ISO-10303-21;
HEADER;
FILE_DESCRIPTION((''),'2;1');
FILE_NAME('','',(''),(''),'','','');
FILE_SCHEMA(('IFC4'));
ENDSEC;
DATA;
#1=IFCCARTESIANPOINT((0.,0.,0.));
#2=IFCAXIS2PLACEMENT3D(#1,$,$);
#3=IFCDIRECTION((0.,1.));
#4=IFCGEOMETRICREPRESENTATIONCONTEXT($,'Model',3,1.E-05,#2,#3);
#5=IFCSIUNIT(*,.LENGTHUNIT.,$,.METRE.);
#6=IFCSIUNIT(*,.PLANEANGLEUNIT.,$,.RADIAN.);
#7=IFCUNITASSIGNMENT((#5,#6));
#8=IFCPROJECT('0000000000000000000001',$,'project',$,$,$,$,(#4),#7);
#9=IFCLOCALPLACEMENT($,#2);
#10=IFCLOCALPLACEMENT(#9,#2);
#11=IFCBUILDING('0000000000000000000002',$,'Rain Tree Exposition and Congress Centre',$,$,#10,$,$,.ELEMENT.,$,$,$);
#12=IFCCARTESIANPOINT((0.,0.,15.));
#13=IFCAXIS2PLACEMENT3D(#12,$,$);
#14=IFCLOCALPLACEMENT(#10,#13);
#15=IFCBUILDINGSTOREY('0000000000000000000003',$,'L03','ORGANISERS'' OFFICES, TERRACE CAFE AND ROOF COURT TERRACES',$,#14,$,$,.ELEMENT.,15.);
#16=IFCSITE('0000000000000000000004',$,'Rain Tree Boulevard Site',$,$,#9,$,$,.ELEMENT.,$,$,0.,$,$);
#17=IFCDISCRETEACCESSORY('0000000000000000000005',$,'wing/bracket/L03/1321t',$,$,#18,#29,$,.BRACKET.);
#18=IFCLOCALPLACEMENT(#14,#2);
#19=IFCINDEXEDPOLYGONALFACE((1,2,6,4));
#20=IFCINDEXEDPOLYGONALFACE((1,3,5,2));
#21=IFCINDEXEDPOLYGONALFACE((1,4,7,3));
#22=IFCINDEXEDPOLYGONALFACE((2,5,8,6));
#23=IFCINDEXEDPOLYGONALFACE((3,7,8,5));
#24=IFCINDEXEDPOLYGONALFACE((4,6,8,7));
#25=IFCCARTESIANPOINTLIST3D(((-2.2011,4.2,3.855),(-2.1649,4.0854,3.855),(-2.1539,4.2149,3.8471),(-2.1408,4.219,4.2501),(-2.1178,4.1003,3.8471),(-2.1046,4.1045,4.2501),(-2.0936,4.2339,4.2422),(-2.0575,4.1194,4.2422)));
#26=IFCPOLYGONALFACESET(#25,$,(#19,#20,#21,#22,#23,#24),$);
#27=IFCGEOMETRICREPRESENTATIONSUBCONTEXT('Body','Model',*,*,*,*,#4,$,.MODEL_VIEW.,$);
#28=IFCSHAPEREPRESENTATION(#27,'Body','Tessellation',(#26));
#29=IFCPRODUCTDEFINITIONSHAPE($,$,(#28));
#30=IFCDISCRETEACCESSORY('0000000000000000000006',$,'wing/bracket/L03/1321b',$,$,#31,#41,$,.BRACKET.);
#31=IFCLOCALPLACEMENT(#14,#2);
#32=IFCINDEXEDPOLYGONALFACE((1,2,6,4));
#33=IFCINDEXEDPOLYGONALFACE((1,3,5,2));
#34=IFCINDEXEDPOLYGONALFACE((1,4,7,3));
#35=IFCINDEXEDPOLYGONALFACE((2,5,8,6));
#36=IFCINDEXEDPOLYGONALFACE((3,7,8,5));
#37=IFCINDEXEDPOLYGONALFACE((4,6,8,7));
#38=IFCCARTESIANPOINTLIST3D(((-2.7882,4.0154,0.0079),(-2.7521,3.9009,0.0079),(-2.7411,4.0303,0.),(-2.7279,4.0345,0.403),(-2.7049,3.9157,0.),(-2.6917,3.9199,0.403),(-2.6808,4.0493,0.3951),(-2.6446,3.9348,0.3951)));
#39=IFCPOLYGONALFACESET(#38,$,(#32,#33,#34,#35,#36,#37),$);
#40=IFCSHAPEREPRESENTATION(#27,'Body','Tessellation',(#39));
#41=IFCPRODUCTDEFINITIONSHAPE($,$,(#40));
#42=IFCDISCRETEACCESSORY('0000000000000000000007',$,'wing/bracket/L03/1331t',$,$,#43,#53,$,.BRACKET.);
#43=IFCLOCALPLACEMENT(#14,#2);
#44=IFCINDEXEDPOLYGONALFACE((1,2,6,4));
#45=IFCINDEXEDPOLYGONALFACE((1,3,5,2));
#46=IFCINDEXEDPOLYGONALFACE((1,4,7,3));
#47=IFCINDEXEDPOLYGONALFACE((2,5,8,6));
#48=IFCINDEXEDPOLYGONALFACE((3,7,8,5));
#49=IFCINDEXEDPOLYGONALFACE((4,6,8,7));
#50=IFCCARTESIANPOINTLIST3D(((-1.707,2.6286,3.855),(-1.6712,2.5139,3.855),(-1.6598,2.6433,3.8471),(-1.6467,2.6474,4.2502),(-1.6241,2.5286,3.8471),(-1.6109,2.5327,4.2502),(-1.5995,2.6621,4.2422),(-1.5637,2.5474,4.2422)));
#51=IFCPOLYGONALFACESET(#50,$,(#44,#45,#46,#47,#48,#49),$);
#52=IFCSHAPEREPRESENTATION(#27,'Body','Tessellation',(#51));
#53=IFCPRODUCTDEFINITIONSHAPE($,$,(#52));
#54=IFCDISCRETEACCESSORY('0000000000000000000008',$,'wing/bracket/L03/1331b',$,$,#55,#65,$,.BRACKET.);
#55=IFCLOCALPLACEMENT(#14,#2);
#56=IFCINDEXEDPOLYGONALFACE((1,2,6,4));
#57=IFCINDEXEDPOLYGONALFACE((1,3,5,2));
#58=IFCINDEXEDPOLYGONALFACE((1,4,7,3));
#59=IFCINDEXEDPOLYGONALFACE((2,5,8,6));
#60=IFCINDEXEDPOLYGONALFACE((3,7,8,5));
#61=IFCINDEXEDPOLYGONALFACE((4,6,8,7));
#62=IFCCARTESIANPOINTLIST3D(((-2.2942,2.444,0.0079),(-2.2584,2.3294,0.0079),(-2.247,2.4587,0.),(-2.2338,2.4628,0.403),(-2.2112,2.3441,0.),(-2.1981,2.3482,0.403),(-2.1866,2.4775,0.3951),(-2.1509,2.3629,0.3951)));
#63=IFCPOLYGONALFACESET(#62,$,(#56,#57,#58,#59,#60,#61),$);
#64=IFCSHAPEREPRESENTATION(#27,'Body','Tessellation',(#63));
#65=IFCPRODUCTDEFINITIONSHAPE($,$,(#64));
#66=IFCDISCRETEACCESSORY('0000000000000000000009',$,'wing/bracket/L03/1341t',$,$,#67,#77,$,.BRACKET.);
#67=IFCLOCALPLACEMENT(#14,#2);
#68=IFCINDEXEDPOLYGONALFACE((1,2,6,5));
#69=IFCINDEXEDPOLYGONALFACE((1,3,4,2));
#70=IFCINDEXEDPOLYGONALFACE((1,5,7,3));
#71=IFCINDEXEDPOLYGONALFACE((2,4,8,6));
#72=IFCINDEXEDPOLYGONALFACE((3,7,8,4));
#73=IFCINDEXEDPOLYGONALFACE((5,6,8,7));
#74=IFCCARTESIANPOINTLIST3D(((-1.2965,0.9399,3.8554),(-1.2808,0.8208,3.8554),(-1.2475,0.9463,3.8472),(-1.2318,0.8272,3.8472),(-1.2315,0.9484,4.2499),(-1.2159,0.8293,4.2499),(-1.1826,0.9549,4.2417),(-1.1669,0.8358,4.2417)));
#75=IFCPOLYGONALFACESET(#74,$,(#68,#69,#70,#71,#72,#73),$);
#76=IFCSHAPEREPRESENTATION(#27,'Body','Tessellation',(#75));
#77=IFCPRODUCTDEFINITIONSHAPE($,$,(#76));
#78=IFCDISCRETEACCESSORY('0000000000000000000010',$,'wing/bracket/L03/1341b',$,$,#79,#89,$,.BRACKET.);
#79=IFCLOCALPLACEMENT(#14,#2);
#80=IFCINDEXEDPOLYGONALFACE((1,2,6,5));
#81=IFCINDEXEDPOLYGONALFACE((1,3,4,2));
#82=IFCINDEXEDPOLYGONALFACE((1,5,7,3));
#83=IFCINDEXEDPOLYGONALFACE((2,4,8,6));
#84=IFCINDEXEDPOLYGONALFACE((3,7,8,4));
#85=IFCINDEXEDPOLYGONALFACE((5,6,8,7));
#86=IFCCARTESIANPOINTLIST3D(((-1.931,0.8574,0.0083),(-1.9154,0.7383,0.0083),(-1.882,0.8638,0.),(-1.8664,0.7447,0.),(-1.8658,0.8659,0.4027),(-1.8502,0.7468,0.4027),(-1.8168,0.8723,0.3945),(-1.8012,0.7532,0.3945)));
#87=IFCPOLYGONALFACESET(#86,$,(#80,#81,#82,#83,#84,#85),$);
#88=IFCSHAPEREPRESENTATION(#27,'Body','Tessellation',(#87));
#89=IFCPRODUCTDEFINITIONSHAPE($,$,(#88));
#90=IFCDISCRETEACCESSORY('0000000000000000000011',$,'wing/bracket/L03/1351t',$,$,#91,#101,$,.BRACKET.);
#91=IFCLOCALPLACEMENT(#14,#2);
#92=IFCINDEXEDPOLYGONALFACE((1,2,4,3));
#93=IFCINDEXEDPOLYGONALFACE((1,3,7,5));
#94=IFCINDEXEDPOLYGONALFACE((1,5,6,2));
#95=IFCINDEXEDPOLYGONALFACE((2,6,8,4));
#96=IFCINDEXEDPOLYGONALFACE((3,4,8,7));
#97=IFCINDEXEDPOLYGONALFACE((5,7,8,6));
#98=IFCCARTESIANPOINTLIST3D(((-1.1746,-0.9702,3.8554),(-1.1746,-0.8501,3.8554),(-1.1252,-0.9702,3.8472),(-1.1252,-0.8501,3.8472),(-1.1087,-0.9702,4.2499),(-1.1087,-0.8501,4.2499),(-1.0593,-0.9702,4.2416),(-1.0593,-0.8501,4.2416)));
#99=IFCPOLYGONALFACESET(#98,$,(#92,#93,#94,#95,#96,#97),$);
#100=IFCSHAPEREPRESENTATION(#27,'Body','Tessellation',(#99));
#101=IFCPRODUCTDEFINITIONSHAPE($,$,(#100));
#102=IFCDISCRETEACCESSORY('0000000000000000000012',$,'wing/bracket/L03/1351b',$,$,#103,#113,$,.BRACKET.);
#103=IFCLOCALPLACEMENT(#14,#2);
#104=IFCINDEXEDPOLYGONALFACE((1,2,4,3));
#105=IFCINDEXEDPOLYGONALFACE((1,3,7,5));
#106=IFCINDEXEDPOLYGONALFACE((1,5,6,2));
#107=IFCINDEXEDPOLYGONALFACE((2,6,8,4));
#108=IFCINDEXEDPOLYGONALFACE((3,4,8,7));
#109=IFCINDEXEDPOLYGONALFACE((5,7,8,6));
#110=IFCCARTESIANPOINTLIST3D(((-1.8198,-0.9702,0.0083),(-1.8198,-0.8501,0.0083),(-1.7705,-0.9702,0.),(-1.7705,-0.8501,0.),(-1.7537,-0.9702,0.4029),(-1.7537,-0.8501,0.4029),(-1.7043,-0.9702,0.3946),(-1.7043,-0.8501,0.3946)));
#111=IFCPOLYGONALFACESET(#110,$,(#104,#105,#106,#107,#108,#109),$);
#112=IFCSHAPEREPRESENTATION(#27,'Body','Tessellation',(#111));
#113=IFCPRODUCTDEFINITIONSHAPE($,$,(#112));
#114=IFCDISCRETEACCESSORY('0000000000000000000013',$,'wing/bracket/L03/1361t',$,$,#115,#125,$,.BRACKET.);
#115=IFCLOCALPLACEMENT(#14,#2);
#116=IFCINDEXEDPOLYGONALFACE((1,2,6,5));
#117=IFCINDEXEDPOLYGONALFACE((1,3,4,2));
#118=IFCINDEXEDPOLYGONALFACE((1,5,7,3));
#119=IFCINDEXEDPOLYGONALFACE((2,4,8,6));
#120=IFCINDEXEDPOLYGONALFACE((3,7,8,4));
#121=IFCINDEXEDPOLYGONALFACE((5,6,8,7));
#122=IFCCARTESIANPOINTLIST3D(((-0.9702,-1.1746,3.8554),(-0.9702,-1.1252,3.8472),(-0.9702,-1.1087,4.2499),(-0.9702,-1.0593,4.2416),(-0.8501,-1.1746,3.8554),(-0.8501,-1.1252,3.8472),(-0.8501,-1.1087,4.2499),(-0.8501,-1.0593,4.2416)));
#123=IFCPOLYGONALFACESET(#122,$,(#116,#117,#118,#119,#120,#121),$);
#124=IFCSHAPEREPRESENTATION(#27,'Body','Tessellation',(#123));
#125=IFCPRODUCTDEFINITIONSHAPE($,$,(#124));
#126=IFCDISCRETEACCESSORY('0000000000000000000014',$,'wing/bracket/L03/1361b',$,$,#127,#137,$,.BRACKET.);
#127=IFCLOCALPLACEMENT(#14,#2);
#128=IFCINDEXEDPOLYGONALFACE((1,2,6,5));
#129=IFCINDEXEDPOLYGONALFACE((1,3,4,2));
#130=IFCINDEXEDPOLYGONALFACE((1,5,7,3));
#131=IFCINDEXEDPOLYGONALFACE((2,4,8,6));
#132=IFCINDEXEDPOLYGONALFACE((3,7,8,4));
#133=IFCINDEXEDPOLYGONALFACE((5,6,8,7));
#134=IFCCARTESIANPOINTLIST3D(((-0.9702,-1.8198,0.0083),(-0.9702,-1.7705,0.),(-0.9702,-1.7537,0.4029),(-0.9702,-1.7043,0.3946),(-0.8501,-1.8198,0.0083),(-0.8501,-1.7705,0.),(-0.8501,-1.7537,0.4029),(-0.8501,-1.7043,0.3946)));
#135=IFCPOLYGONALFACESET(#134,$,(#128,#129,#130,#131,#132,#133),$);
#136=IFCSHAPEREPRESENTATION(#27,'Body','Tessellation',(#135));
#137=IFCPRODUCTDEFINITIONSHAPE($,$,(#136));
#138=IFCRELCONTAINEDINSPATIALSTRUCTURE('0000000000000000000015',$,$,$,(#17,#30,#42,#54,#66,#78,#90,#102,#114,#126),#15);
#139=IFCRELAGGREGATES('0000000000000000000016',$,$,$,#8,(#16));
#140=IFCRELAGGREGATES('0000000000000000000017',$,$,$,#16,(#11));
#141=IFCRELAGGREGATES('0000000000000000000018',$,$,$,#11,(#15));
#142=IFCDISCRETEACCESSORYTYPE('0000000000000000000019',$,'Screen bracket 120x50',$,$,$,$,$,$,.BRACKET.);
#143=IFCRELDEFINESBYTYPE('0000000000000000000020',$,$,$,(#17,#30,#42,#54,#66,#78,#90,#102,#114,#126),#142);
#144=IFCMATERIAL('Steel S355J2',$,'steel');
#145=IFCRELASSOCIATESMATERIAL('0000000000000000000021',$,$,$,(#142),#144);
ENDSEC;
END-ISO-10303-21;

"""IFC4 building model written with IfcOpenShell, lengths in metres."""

from ifc_helpers import new_model, si_unit, direction, frame, origin, origin_2d, place, context, subcontext, project, spatial, rectangle, extrude, material, material_profile, profile_set, type_object, element, save


model = new_model("IFC4")

# Units and contexts
model_context = context("Model", 3, precision=1e-05, world=origin(), true_north=direction((0.0, 1.0)))
body_context = subcontext(model_context, "Body", "Model", "MODEL_VIEW")
ifc_project = project(units=[si_unit("LENGTHUNIT", "METRE"), si_unit("PLANEANGLEUNIT", "RADIAN")], contexts=[model_context])

# Site, building, storey
site_placement = place(None, origin())
site = spatial("IfcSite", under=ifc_project, at=site_placement, Name="Rain Tree Boulevard Site", CompositionType="ELEMENT", RefElevation=0.0)
building_placement = place(site_placement, origin())
building = spatial("IfcBuilding", under=site, at=building_placement, Name="Rain Tree Exposition and Congress Centre", CompositionType="ELEMENT")
storey_placement = place(building_placement, frame((0.0, 0.0, 15.0)))
storey = spatial("IfcBuildingStorey", under=building, at=storey_placement, Name="L03", Description="ORGANISERS' OFFICES, TERRACE CAFE AND ROOF COURT TERRACES", CompositionType="ELEMENT", Elevation=15.0)

# Discrete accessories
ifc_material_1 = material(Name="Steel S355J2", Category="steel")
ifc_material_profile_1 = material_profile(ifc_material_1, rectangle(XDim=0.1201, YDim=0.05, at=origin_2d()), Name="Flat bar 120x50")
ifc_profile_set_1 = profile_set([ifc_material_profile_1], Name="Steel S355J2")
discrete_accessory_type = type_object("IfcDiscreteAccessoryType", Name="Screen bracket 120x50", PredefinedType="BRACKET", material=ifc_profile_set_1)
for number, where, z_axis, x_axis, name in (
    (1, (-2.1594, 4.1501, 3.8511), (0.150738, 0.047602, 0.987427), (-0.301131, 0.953583, 0.0), "wing/bracket/L03/1321t"),
    (2, (-2.7466, 3.9656, 0.0039), (0.150738, 0.047602, 0.987427), (-0.301131, 0.953583, 0.0), "wing/bracket/L03/1321b"),
    (3, (-1.6655, 2.5786, 3.8511), (0.150743, 0.046993, 0.987456), (-0.297615, 0.954686, 0.0), "wing/bracket/L03/1331t"),
    (4, (-2.2527, 2.394, 0.0039), (0.150743, 0.046993, 0.987456), (-0.297615, 0.954686, 0.0), "wing/bracket/L03/1331b"),
):
    element("IfcDiscreteAccessory", number, at=place(storey_placement, frame(where, z_axis=z_axis, x_axis=x_axis)), inside=storey, type_object=discrete_accessory_type, Name=name, PredefinedType="BRACKET", context=body_context, shape_type="SweptSolid", body=[
        extrude(rectangle(XDim=0.1201, YDim=0.05, at=origin_2d()), origin(), (0.0, 0.0, 1.0), 0.4001),
    ])
for number, where, z_axis, x_axis, name in (
    (5, (-1.2642, 0.8835, 3.8513), (0.162381, 0.021366, 0.986497), (-0.130455, 0.991454, 0.0), "wing/bracket/L03/1341t"),
    (6, (-1.8987, 0.801, 0.0042), (0.162976, 0.021364, 0.986399), (-0.129974, 0.991517, 0.0), "wing/bracket/L03/1341b"),
    (7, (-1.1499, -0.9102, 3.8513), (0.164795, 0.0, 0.986328), (0.0, 1.0, 0.0), "wing/bracket/L03/1351t"),
):
    element("IfcDiscreteAccessory", number, at=place(storey_placement, frame(where, z_axis=z_axis, x_axis=x_axis)), inside=storey, type_object=discrete_accessory_type, Name=name, PredefinedType="BRACKET", context=body_context, shape_type="SweptSolid", body=[
        extrude(rectangle(XDim=0.1201, YDim=0.05, at=origin_2d()), origin(), (0.0, 0.0, 1.0), 0.3999),
    ])
discrete_accessory_1_placement = place(storey_placement, frame((-1.7952, -0.9102, 0.0042), z_axis=(0.165389, 0.0, 0.986228), x_axis=(0.0, 1.0, 0.0)))
element("IfcDiscreteAccessory", 8, at=discrete_accessory_1_placement, inside=storey, type_object=discrete_accessory_type, Name="wing/bracket/L03/1351b", PredefinedType="BRACKET", context=body_context, shape_type="SweptSolid", body=[
    extrude(rectangle(XDim=0.1201, YDim=0.05, at=origin_2d()), origin(), (0.0, 0.0, 1.0), 0.4001),
])
discrete_accessory_2_placement = place(storey_placement, frame((-0.9102, -1.1499, 3.8513), z_axis=(0.0, 0.164795, 0.986328), x_axis=(-1.0, 0.0, 0.0)))
element("IfcDiscreteAccessory", 9, at=discrete_accessory_2_placement, inside=storey, type_object=discrete_accessory_type, Name="wing/bracket/L03/1361t", PredefinedType="BRACKET", context=body_context, shape_type="SweptSolid", body=[
    extrude(rectangle(XDim=0.1201, YDim=0.05, at=origin_2d()), origin(), (0.0, 0.0, 1.0), 0.3999),
])
discrete_accessory_3_placement = place(storey_placement, frame((-0.9102, -1.7952, 0.0042), z_axis=(0.0, 0.165389, 0.986228), x_axis=(-1.0, 0.0, 0.0)))
element("IfcDiscreteAccessory", 10, at=discrete_accessory_3_placement, inside=storey, type_object=discrete_accessory_type, Name="wing/bracket/L03/1361b", PredefinedType="BRACKET", context=body_context, shape_type="SweptSolid", body=[
    extrude(rectangle(XDim=0.1201, YDim=0.05, at=origin_2d()), origin(), (0.0, 0.0, 1.0), 0.4001),
])

save(model, "model.ifc")
